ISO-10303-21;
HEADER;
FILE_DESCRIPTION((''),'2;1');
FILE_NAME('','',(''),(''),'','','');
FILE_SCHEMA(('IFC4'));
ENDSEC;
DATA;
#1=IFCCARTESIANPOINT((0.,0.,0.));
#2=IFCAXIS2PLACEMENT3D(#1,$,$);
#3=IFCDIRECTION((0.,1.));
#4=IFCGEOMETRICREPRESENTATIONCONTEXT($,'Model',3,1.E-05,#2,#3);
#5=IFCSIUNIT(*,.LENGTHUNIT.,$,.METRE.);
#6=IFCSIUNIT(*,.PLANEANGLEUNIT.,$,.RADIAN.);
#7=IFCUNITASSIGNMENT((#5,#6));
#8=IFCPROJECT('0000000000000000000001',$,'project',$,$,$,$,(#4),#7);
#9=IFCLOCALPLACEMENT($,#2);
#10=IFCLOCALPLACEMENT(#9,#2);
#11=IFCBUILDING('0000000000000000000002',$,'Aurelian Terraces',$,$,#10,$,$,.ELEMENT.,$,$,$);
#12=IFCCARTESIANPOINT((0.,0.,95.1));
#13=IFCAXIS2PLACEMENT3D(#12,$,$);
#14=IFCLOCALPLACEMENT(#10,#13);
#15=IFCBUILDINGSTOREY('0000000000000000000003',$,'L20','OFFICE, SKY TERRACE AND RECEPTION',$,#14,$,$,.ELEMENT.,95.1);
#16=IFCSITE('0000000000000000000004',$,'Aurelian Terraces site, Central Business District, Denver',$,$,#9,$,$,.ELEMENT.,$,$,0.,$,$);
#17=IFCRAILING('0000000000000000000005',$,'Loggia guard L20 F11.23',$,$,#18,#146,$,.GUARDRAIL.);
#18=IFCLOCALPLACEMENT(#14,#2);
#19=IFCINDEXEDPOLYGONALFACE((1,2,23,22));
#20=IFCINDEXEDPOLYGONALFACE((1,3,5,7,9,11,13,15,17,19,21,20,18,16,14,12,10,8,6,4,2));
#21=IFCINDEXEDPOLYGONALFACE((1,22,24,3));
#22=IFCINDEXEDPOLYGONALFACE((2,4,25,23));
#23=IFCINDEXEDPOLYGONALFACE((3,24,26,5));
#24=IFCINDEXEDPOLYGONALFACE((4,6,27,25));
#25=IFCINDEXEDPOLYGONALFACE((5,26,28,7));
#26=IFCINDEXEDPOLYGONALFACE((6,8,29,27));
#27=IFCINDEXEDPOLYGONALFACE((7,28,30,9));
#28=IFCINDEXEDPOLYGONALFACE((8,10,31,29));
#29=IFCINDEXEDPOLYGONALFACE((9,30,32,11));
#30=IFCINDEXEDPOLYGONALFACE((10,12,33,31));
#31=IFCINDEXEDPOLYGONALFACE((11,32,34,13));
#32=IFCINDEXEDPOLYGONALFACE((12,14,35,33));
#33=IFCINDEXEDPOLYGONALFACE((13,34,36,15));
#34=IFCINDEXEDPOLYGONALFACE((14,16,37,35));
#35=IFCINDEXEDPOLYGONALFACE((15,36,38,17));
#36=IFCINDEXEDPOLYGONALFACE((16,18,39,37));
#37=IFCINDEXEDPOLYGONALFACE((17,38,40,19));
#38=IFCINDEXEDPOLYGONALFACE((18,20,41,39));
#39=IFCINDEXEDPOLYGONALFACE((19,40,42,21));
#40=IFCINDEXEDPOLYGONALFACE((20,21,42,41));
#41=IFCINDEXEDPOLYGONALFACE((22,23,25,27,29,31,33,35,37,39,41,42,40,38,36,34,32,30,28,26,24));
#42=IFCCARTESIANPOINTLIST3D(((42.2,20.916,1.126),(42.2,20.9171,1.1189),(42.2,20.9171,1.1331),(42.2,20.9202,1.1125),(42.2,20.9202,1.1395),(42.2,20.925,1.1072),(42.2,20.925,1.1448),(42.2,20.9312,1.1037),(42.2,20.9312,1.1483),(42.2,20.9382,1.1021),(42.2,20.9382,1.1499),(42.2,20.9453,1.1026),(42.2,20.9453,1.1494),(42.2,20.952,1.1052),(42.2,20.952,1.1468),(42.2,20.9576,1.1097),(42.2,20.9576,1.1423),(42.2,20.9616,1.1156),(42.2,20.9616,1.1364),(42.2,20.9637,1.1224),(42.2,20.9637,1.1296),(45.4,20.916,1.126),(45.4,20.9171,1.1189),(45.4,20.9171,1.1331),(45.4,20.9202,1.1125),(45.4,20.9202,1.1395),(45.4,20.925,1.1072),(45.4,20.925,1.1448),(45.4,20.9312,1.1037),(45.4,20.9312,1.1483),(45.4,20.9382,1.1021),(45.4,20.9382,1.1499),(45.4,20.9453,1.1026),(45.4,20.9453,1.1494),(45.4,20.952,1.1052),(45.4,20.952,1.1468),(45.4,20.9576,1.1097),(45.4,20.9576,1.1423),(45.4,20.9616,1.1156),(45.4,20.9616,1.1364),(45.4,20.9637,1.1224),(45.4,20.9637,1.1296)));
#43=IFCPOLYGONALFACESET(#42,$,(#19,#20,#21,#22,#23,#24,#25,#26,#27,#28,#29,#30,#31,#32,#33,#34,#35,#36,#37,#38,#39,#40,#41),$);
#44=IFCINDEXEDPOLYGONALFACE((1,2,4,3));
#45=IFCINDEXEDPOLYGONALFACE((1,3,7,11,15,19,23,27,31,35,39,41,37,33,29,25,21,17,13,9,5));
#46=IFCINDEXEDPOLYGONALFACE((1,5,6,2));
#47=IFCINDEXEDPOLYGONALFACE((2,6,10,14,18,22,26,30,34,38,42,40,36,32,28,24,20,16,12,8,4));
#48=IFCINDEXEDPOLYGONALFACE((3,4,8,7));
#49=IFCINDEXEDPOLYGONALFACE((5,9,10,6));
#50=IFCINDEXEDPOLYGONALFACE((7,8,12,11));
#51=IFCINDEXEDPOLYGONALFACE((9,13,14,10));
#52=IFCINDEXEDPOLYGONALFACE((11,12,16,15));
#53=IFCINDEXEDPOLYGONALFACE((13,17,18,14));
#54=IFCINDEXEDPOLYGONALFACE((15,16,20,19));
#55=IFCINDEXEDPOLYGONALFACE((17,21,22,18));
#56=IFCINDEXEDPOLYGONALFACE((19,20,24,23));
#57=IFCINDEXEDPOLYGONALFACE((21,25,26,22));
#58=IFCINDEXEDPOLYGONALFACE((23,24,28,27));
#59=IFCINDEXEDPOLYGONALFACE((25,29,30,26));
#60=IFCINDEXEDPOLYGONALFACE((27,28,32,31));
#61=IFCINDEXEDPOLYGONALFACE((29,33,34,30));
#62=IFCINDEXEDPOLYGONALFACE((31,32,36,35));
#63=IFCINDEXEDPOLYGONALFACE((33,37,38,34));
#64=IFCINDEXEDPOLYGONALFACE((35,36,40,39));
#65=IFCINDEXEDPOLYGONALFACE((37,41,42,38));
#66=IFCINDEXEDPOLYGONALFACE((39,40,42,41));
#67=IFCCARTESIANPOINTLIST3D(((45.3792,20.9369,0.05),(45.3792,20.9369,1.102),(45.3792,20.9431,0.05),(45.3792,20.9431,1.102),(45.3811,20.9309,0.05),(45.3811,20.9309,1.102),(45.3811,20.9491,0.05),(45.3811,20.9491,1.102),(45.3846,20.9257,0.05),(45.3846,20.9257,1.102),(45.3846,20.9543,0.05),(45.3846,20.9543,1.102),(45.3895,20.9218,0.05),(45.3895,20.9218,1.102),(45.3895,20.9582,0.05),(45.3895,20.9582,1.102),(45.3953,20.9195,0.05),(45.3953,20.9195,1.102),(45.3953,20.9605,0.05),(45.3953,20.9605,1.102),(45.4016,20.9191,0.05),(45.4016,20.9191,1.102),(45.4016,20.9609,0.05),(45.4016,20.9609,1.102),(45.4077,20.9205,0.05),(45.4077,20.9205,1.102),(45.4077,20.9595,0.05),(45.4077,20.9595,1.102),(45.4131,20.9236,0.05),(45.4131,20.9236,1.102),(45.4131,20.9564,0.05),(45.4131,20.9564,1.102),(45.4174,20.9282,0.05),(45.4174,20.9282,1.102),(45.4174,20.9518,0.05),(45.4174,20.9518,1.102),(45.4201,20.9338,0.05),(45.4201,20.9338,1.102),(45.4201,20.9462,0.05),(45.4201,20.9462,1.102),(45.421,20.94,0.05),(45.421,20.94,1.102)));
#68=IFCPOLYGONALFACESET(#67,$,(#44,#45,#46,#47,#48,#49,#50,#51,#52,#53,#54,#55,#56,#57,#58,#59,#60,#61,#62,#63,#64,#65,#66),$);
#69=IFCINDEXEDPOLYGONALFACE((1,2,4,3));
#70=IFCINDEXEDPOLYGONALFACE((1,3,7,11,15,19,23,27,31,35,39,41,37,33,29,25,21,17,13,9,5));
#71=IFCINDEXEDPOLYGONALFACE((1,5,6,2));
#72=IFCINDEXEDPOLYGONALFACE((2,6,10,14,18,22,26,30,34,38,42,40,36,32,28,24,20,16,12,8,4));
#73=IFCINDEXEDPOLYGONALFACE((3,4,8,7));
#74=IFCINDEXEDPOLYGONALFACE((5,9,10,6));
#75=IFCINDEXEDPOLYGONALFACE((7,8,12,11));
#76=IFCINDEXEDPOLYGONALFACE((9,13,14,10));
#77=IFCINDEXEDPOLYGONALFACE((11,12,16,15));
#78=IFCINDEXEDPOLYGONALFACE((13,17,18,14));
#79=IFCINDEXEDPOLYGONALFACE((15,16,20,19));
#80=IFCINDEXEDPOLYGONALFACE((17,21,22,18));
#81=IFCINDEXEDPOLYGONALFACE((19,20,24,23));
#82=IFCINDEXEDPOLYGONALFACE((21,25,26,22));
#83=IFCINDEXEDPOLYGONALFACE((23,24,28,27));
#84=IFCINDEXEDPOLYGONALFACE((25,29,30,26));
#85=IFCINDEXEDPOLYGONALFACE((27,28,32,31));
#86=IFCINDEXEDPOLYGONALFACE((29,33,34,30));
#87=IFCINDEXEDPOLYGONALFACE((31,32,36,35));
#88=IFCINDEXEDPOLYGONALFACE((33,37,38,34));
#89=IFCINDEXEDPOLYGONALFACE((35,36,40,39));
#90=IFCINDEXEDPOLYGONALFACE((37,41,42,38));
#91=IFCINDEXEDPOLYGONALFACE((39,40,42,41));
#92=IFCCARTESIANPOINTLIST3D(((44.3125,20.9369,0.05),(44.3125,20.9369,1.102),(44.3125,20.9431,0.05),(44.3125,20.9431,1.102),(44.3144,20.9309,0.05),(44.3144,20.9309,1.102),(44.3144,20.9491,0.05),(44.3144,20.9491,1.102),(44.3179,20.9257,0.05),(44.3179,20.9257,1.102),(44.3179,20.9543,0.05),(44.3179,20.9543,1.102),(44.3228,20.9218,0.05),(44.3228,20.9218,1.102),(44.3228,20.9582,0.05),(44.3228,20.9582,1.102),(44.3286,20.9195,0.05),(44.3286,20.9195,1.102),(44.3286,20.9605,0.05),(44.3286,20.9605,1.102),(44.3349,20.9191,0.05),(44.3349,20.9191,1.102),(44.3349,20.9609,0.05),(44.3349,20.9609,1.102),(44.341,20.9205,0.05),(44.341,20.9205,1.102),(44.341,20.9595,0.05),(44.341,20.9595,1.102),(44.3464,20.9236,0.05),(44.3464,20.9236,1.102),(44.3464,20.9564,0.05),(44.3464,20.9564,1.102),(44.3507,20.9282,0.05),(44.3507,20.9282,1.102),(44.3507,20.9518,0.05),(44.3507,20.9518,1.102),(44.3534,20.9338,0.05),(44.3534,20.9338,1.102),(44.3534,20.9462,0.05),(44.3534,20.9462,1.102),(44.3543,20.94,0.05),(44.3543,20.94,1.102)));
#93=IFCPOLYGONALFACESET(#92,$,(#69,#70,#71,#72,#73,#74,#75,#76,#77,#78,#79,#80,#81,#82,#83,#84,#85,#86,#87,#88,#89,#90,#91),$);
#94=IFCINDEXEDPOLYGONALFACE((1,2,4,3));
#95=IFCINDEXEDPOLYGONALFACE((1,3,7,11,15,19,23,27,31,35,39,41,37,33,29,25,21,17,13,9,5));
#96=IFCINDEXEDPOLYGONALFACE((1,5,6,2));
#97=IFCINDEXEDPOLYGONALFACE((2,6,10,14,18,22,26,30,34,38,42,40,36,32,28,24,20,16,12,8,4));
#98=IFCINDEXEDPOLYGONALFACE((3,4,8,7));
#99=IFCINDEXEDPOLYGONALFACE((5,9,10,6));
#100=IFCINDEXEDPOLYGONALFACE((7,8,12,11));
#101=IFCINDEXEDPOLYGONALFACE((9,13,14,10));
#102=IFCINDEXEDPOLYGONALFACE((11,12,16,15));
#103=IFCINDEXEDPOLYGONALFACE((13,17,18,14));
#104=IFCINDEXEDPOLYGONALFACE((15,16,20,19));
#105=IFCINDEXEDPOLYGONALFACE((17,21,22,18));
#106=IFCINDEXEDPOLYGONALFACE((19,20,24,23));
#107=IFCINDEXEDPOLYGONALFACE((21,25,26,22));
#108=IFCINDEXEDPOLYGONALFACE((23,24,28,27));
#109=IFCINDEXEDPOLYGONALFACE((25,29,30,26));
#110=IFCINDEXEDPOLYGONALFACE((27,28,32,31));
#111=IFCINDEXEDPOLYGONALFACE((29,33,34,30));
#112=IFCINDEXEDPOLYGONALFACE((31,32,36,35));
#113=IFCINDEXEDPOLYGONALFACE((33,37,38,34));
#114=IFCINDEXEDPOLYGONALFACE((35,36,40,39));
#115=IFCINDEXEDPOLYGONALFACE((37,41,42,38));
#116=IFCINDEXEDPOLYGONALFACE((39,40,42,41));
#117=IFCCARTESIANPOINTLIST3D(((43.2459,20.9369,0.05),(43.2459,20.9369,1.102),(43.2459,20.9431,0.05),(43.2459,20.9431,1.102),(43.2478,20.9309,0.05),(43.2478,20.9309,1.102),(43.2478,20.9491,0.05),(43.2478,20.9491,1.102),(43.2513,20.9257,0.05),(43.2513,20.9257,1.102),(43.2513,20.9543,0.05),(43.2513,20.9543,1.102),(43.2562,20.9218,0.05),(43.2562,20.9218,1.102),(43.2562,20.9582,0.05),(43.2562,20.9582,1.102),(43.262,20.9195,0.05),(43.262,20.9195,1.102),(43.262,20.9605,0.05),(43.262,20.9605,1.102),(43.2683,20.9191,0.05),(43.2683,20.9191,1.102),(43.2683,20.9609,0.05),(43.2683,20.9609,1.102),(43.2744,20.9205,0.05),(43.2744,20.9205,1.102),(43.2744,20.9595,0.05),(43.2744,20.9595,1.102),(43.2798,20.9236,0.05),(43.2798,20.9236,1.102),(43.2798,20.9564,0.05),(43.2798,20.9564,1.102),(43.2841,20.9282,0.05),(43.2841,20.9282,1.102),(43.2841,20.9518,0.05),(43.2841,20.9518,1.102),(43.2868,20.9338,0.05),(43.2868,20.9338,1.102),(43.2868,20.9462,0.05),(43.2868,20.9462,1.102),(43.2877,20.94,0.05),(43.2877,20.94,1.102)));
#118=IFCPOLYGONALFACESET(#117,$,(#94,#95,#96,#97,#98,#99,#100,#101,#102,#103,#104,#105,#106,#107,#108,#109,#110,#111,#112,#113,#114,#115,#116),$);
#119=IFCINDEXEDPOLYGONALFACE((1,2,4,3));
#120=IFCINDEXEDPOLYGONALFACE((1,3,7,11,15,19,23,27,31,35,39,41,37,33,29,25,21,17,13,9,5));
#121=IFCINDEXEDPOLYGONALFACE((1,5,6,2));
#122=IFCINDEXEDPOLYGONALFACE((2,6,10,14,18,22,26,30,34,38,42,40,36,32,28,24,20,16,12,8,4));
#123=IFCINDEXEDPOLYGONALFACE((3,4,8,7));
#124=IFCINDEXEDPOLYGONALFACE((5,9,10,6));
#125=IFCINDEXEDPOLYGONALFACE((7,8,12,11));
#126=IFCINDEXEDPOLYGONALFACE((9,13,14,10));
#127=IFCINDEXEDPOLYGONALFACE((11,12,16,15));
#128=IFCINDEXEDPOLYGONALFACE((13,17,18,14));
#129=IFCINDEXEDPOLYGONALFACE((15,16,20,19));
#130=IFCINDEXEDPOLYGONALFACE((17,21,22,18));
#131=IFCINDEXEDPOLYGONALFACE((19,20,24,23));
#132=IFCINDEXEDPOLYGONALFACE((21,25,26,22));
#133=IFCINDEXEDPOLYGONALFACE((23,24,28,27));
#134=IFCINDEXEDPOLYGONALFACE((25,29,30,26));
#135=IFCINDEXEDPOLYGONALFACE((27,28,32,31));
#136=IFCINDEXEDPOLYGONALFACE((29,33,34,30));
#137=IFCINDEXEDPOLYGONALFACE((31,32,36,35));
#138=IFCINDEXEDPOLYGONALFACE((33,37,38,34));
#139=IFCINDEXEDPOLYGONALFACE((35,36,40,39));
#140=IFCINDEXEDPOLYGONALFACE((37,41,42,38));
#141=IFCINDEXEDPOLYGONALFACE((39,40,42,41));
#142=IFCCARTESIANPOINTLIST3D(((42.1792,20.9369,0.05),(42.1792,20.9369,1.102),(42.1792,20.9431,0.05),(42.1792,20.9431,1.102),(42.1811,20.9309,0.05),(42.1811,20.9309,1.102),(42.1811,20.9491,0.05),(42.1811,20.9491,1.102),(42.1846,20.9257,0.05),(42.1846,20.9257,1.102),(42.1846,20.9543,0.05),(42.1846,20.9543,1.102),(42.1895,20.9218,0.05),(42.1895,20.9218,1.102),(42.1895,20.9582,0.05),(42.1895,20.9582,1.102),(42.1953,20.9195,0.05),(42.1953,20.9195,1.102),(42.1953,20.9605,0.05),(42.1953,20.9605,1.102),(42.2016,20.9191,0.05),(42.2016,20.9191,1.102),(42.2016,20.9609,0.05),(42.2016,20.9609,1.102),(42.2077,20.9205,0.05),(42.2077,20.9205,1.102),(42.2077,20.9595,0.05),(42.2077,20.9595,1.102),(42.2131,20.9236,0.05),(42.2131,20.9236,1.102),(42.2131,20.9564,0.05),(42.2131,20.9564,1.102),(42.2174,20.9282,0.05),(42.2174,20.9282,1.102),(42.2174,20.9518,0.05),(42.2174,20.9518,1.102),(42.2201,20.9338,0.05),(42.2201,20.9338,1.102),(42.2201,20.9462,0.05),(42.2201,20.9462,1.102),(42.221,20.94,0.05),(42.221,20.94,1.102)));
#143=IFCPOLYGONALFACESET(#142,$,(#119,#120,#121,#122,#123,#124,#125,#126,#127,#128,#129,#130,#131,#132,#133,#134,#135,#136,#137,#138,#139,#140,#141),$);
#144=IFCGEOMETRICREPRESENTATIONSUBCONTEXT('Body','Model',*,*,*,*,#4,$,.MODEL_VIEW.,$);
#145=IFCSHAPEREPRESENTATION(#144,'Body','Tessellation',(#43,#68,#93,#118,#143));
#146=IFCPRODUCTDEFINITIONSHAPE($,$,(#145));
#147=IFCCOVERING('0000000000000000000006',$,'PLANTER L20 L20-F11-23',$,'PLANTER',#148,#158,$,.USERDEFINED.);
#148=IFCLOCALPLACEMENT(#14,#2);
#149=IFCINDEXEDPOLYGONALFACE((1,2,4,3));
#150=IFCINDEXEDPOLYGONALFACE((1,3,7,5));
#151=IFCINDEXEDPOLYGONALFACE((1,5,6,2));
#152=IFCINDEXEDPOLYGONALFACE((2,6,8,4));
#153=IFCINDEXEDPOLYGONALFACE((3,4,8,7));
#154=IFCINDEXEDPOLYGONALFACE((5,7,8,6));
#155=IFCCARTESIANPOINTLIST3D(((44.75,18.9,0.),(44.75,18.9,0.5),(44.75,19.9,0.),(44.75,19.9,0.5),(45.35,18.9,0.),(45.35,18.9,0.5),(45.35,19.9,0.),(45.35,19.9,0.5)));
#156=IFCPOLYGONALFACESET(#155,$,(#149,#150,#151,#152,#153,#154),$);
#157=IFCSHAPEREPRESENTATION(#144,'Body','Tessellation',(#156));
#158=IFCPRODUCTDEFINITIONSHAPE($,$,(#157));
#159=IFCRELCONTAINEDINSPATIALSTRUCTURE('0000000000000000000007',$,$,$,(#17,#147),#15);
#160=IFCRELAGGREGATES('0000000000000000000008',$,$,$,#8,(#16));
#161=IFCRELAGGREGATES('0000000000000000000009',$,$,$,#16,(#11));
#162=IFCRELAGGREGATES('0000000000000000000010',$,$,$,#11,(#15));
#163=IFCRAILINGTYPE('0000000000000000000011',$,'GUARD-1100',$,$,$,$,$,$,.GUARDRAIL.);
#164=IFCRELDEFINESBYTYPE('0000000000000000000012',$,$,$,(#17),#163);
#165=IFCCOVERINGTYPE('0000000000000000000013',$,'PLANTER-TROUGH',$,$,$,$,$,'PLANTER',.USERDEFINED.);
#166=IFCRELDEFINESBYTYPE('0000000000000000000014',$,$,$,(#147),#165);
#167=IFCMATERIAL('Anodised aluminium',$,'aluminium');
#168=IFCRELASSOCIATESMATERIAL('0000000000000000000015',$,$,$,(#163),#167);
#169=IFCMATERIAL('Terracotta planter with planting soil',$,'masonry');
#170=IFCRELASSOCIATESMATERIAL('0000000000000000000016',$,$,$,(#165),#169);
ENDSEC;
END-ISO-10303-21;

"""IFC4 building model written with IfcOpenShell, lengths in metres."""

from ifc_helpers import new_model, si_unit, direction, frame, origin, origin_2d, place, context, subcontext, project, spatial, rectangle, circle, extrude, source, transform, mapped, material, type_object, element, save


model = new_model("IFC4")

# Units and contexts
model_context = context("Model", 3, precision=1e-05, world=origin(), true_north=direction((0.0, 1.0)))
body_context = subcontext(model_context, "Body", "Model", "MODEL_VIEW")
ifc_project = project(units=[si_unit("LENGTHUNIT", "METRE"), si_unit("PLANEANGLEUNIT", "RADIAN")], contexts=[model_context])

# Site, building, storey
site_placement = place(None, origin())
site = spatial("IfcSite", under=ifc_project, at=site_placement, Name="Aurelian Terraces site, Central Business District, Denver", CompositionType="ELEMENT", RefElevation=0.0)
building_placement = place(site_placement, origin())
building = spatial("IfcBuilding", under=site, at=building_placement, Name="Aurelian Terraces", CompositionType="ELEMENT")
storey_placement = place(building_placement, frame((0.0, 0.0, 95.1)))
storey = spatial("IfcBuildingStorey", under=building, at=storey_placement, Name="L20", Description="OFFICE, SKY TERRACE AND RECEPTION", CompositionType="ELEMENT", Elevation=95.1)

# Railing
ifc_material_1 = material(Name="Anodised aluminium", Category="aluminium")
railing_type = type_object("IfcRailingType", Name="GUARD-1100", PredefinedType="GUARDRAIL", material=ifc_material_1)
shared_shape_1 = source(origin(), body_context, "Body", "SweptSolid", [
    extrude(circle(Radius=0.024, at=origin_2d()), frame((0.0, 0.0, 1.076), z_axis=(-1.0, 0.0, 0.0), x_axis=(0.0, -1.0, 0.0)), (0.0, 0.0, 1.0), 3.2),
    extrude(circle(Radius=0.021, at=origin_2d()), origin(), (0.0, 0.0, 1.0), 1.052),
    extrude(circle(Radius=0.021, at=origin_2d()), frame((-1.0667, 0.0, 0.0)), (0.0, 0.0, 1.0), 1.052),
    extrude(circle(Radius=0.021, at=origin_2d()), frame((-2.1333, 0.0, 0.0)), (0.0, 0.0, 1.0), 1.052),
    extrude(circle(Radius=0.021, at=origin_2d()), frame((-3.2, 0.0, 0.0)), (0.0, 0.0, 1.0), 1.052),
])
railing_placement = place(storey_placement, frame((45.4, 20.94, 0.05)))
element("IfcRailing", 1, at=railing_placement, inside=storey, type_object=railing_type, Name="Loggia guard L20 F11.23", PredefinedType="GUARDRAIL", context=body_context, shape_type="MappedRepresentation", body=[
    mapped(shared_shape_1, transform((0.0, 0.0, 0.0), scale=1.0)),
])

# Covering
ifc_material_2 = material(Name="Terracotta planter with planting soil", Category="masonry")
covering_type_1 = type_object("IfcCoveringType", Name="PLANTER-TROUGH", ElementType="PLANTER", PredefinedType="USERDEFINED", material=ifc_material_2)
shared_shape_2 = source(origin(), body_context, "Body", "SweptSolid", [
    extrude(rectangle(XDim=0.6, YDim=1.0, at=origin_2d()), origin(), (0.0, 0.0, 1.0), 0.5),
])
covering_1_placement = place(storey_placement, frame((45.05, 19.4, 0.0), z_axis=(0.0, 0.0, 1.0), x_axis=(1.0, 0.0, 0.0)))
element("IfcCovering", 2, at=covering_1_placement, inside=storey, type_object=covering_type_1, Name="PLANTER L20 L20-F11-23", ObjectType="PLANTER", PredefinedType="USERDEFINED", context=body_context, shape_type="MappedRepresentation", body=[
    mapped(shared_shape_2, transform((0.0, 0.0, 0.0), scale=1.0)),
])

save(model, "model.ifc")
